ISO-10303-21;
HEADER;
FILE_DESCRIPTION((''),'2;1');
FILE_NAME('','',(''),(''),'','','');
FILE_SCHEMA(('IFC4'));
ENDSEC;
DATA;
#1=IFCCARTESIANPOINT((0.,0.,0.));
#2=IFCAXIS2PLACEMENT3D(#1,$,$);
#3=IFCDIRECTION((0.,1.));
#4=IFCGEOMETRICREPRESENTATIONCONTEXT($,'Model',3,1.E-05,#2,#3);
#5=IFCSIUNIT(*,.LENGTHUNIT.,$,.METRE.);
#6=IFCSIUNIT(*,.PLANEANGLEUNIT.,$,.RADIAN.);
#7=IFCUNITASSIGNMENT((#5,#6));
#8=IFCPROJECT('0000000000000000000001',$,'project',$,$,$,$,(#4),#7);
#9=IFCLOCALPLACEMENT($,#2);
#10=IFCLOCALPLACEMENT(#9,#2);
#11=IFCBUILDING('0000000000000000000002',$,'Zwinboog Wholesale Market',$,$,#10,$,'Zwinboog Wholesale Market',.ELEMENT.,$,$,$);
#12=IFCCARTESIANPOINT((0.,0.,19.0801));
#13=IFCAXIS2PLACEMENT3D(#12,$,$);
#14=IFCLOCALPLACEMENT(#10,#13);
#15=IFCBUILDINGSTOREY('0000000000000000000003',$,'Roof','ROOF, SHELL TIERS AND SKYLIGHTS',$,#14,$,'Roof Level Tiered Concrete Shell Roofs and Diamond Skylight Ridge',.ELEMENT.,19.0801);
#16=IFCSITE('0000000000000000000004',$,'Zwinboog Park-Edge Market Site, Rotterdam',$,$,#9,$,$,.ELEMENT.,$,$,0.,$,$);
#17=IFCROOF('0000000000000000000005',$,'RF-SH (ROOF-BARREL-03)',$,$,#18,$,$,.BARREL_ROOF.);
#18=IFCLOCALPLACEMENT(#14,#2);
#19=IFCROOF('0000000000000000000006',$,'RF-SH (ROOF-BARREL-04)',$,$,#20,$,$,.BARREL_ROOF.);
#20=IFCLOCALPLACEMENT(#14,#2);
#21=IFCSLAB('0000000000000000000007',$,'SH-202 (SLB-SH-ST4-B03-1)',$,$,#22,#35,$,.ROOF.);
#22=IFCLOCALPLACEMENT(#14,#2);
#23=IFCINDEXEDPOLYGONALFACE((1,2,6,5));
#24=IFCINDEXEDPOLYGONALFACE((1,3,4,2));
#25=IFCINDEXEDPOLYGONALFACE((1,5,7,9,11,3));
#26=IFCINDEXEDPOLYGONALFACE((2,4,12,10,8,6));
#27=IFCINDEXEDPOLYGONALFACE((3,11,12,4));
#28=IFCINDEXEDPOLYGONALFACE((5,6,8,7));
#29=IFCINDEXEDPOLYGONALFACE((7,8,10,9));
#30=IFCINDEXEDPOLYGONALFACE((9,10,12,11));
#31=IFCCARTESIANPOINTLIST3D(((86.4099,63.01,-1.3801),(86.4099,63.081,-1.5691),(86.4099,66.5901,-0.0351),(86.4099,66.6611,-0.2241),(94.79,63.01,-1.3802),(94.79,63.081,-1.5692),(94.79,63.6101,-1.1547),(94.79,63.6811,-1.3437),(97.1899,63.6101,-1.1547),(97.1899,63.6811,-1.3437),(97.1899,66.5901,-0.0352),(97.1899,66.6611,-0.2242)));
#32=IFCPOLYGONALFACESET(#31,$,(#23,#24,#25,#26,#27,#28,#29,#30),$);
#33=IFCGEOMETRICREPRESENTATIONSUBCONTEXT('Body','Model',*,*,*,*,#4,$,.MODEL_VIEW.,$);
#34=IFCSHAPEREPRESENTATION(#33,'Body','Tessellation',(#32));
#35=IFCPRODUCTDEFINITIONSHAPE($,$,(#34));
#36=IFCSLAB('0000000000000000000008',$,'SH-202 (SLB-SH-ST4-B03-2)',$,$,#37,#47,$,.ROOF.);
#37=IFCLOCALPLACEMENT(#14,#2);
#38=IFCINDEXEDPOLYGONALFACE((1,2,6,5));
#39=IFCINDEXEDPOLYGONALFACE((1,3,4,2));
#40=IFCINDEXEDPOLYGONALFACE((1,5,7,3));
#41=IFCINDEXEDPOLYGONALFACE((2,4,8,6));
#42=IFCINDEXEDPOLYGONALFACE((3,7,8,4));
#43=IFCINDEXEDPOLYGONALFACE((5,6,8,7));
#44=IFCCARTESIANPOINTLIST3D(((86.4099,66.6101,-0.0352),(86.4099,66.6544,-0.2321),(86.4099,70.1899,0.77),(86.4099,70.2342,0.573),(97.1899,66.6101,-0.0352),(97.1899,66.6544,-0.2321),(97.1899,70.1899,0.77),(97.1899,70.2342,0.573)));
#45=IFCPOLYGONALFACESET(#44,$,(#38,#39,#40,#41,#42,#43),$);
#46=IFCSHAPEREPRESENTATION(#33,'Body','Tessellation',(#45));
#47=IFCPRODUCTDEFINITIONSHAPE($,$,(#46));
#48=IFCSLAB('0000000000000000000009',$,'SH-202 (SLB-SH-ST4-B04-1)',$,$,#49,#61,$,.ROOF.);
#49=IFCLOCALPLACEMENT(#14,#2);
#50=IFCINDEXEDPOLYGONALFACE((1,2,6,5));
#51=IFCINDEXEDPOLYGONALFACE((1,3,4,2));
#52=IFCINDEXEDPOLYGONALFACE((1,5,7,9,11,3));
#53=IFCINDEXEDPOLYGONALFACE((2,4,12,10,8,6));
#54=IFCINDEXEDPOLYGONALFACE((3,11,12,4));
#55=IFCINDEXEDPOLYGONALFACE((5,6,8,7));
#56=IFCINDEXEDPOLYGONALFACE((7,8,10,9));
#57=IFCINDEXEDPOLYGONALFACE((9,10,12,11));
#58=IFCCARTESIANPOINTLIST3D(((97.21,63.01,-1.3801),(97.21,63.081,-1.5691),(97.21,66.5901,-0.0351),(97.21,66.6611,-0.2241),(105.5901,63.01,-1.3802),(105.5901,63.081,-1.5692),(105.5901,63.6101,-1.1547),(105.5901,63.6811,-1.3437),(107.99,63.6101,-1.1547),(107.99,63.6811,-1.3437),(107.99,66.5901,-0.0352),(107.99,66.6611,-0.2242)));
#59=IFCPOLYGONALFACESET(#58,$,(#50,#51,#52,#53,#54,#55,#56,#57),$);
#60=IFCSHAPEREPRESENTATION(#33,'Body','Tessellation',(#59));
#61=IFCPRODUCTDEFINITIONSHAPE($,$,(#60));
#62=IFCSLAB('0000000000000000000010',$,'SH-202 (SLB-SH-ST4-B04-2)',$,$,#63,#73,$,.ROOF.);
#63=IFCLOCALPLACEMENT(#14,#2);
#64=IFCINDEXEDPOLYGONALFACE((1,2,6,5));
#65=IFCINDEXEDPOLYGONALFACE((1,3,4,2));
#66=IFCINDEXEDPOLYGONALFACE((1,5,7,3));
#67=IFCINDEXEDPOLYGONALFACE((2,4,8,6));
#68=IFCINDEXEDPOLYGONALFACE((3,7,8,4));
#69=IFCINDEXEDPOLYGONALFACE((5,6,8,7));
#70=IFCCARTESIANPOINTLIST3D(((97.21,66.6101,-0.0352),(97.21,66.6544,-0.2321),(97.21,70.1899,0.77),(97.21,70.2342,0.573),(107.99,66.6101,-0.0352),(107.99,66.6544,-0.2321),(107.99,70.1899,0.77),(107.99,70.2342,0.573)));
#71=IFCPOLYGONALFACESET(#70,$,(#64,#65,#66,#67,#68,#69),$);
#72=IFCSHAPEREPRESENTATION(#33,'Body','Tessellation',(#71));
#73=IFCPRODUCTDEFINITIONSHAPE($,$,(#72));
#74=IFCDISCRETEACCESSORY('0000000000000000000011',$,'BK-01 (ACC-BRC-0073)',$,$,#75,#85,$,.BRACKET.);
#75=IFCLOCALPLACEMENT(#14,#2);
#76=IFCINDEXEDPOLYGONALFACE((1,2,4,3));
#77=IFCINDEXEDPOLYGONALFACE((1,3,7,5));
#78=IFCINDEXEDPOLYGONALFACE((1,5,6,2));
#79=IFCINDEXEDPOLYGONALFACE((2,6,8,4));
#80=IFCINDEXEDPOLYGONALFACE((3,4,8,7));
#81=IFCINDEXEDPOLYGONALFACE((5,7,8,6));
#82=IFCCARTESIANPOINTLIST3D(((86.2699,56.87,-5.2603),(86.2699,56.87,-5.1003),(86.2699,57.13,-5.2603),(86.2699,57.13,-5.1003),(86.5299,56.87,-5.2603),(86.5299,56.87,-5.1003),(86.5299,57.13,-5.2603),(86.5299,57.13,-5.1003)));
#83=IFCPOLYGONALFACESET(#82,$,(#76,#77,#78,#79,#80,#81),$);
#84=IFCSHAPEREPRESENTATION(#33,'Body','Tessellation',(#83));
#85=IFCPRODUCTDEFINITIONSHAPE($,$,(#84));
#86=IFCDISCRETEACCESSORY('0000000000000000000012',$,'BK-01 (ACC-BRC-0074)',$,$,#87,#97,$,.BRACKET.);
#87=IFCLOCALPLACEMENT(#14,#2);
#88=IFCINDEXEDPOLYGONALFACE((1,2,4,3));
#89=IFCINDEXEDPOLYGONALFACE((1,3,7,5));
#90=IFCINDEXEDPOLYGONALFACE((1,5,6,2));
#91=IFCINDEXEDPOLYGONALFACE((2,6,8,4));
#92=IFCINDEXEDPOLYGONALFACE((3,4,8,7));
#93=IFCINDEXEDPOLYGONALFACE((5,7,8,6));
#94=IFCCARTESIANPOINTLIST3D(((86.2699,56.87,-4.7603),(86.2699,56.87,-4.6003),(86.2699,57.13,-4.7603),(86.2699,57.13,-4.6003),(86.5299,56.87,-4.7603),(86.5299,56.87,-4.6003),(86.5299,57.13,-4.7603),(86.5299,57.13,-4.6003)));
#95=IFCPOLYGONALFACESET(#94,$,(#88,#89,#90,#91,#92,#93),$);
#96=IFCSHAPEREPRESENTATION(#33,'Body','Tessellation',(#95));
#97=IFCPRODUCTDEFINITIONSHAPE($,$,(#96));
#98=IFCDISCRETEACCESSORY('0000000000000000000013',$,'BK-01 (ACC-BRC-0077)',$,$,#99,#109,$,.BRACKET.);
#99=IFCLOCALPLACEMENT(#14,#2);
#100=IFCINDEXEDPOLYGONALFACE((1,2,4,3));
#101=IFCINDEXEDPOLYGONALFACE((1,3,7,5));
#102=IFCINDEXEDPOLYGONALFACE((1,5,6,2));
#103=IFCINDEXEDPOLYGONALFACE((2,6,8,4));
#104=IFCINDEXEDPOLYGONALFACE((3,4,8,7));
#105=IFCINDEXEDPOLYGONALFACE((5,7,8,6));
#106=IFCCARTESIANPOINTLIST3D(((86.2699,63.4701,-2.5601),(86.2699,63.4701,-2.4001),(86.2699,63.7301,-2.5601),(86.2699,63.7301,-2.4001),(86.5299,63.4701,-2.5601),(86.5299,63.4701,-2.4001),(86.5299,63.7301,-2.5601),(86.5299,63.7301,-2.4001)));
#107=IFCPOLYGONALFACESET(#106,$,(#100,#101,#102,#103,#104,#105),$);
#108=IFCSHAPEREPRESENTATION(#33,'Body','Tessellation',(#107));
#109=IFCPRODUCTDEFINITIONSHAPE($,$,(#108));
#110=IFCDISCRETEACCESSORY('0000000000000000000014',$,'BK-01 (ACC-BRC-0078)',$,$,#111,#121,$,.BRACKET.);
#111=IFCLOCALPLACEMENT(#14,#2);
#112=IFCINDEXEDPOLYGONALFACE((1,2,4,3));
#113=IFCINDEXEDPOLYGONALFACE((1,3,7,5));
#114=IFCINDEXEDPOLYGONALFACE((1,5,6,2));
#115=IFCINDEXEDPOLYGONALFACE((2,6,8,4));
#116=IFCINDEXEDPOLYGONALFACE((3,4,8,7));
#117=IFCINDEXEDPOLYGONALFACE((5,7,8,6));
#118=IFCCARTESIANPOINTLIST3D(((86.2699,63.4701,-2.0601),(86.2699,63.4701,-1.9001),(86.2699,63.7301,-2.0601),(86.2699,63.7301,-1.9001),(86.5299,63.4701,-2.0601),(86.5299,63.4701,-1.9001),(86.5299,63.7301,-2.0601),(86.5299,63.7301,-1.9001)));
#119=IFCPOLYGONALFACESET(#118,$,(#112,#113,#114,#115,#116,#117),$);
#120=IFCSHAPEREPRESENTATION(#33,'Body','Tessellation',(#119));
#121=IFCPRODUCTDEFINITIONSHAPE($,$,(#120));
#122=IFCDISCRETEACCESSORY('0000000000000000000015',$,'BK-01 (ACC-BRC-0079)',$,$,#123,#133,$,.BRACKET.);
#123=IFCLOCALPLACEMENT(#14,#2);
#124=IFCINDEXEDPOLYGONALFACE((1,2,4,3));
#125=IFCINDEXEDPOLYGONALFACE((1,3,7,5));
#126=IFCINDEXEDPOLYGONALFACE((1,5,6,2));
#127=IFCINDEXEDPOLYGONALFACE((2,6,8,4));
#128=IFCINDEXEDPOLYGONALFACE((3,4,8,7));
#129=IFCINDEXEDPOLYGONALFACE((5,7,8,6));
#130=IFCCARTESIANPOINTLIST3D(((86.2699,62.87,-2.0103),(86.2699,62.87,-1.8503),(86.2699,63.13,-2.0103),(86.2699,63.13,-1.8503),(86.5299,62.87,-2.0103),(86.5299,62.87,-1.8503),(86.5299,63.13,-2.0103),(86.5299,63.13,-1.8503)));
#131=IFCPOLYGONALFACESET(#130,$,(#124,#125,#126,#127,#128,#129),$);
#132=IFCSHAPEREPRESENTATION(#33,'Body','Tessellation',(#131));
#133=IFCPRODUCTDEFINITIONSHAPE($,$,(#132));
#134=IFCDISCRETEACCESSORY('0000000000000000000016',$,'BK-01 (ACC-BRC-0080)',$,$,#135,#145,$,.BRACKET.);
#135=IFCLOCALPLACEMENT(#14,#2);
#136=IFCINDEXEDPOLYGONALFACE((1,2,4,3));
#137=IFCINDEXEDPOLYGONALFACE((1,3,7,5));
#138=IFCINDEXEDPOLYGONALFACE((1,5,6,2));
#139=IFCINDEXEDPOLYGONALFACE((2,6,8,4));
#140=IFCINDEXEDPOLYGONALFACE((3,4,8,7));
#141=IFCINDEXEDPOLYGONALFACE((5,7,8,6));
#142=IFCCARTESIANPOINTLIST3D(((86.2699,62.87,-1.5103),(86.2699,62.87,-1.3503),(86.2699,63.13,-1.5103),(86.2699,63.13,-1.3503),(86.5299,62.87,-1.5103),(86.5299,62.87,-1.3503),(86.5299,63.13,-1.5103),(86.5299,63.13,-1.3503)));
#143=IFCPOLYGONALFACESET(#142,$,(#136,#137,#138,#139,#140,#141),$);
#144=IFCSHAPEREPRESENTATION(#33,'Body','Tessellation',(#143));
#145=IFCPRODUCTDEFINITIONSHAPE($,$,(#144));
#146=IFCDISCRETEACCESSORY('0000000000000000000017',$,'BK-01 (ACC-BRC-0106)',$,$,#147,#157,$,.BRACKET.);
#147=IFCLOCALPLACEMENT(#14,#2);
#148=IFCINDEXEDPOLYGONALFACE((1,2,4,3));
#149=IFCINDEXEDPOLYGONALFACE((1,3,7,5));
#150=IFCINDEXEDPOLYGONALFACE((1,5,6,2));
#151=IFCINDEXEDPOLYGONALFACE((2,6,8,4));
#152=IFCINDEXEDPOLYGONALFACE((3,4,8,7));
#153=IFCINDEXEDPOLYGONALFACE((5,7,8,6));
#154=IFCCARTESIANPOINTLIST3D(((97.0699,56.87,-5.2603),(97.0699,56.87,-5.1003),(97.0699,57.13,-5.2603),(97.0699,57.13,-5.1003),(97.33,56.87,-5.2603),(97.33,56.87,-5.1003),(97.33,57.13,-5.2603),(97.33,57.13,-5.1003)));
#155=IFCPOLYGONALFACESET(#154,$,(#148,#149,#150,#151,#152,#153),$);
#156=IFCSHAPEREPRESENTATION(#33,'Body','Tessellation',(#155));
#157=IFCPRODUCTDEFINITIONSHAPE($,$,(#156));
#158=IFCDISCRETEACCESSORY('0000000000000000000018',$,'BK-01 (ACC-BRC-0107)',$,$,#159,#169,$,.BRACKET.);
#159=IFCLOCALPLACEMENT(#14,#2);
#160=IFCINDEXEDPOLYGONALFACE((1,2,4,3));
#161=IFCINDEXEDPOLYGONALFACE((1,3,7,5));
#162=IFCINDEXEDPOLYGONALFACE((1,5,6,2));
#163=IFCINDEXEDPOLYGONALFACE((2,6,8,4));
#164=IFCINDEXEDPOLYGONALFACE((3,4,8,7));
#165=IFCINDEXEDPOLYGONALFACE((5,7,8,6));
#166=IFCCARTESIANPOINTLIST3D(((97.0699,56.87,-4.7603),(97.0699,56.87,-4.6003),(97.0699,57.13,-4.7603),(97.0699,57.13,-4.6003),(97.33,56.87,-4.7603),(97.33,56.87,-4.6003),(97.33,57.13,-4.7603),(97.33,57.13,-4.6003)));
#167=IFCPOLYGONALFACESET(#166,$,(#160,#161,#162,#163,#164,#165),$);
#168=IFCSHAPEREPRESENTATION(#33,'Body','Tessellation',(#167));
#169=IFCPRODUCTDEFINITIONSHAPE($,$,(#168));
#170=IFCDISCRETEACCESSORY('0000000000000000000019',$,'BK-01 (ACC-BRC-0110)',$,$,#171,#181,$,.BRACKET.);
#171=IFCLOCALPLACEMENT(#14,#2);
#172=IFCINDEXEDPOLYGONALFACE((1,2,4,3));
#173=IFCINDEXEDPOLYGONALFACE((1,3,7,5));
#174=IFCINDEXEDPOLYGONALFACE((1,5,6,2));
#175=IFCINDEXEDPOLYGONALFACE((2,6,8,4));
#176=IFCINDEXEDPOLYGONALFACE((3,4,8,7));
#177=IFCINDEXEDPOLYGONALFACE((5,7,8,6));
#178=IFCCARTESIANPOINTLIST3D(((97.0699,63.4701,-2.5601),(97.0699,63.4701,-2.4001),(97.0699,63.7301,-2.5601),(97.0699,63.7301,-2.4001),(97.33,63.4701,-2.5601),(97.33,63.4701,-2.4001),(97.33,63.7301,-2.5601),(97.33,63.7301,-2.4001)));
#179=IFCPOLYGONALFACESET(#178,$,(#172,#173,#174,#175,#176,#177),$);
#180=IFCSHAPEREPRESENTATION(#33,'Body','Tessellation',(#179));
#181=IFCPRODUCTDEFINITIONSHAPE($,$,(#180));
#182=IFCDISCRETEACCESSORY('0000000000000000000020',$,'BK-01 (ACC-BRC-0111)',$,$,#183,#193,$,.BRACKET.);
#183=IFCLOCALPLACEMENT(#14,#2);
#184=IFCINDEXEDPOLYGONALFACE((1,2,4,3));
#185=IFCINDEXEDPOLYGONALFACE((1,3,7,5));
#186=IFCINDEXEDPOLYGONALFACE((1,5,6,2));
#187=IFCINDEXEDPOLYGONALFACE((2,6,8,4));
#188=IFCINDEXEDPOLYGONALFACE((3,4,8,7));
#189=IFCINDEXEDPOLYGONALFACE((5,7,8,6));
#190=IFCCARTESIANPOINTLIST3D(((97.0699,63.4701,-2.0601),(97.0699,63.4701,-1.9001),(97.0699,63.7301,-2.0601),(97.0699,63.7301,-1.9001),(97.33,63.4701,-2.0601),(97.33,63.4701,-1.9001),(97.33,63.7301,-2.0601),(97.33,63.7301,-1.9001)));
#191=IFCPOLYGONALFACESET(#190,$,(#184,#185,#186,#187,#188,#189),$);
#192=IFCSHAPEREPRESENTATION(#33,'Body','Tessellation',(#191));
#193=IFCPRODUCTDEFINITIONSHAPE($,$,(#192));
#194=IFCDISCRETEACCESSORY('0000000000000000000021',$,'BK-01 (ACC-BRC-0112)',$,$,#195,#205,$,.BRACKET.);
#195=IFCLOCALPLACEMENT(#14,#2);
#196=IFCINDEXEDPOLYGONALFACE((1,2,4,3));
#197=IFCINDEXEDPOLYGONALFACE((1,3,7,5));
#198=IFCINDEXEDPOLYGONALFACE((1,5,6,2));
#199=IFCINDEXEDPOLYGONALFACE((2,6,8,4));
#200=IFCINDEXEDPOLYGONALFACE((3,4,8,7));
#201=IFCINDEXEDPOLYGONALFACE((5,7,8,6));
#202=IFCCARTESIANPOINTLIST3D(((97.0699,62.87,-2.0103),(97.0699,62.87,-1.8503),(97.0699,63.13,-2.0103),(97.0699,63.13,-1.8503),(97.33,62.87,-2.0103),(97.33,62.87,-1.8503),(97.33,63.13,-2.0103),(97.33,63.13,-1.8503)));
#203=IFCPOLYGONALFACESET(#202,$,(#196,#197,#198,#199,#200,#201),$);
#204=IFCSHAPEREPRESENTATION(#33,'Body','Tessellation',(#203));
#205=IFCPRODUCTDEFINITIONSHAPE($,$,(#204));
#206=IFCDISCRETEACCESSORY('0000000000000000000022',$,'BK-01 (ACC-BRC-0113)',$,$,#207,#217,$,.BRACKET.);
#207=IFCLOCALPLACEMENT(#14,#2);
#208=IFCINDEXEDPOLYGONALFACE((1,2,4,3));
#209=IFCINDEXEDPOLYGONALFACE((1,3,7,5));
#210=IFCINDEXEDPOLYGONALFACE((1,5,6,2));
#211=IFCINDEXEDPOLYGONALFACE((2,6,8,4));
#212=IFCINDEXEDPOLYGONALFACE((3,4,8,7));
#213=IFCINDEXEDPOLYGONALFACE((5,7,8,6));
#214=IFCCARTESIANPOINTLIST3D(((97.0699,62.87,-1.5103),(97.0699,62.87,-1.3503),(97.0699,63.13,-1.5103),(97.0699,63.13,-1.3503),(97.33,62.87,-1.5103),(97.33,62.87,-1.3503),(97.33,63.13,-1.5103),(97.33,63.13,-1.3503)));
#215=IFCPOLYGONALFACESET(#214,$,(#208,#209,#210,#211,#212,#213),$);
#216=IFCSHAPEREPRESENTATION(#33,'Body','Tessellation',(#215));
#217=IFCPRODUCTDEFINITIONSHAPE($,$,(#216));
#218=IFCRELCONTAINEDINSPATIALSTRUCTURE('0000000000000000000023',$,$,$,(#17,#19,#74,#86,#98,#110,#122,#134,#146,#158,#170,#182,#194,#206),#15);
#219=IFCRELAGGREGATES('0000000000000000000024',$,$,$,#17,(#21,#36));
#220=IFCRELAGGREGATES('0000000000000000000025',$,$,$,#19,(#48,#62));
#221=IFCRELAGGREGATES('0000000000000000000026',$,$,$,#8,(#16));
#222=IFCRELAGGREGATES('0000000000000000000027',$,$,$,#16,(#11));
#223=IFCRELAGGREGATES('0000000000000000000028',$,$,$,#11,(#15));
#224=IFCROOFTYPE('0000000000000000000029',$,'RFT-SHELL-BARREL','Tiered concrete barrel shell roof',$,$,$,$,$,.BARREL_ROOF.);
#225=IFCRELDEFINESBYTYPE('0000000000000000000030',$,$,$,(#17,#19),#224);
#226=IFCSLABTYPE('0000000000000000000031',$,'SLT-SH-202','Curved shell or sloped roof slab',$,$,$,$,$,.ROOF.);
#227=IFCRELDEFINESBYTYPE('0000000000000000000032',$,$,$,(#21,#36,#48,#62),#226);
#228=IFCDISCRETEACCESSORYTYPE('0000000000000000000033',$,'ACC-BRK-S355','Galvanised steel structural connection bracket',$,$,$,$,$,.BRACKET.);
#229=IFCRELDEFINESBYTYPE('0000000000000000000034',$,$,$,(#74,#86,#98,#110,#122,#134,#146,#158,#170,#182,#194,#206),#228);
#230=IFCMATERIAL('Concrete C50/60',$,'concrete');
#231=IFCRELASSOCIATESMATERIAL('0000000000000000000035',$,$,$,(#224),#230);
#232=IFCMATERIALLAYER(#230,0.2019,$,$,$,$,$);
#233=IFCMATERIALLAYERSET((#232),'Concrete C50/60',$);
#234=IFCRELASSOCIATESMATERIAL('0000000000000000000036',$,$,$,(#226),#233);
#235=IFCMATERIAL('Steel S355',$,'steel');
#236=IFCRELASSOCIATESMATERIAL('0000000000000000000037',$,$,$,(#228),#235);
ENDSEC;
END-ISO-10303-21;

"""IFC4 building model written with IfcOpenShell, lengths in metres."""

from ifc_helpers import new_model, si_unit, direction, frame, origin, origin_2d, place, context, subcontext, project, spatial, polyline, rectangle, outline, extrude, material, layer, layer_set, type_object, element, aggregate, save


model = new_model("IFC4")

# Units and contexts
model_context = context("Model", 3, precision=1e-05, world=origin(), true_north=direction((0.0, 1.0)))
body_context = subcontext(model_context, "Body", "Model", "MODEL_VIEW")
ifc_project = project(units=[si_unit("LENGTHUNIT", "METRE"), si_unit("PLANEANGLEUNIT", "RADIAN")], contexts=[model_context])

# Site, building, storey
site_placement = place(None, origin())
site = spatial("IfcSite", under=ifc_project, at=site_placement, Name="Zwinboog Park-Edge Market Site, Rotterdam", CompositionType="ELEMENT", RefElevation=0.0)
building_placement = place(site_placement, origin())
building = spatial("IfcBuilding", under=site, at=building_placement, Name="Zwinboog Wholesale Market", LongName="Zwinboog Wholesale Market", CompositionType="ELEMENT")
storey_placement = place(building_placement, frame((0.0, 0.0, 19.0801)))
storey = spatial("IfcBuildingStorey", under=building, at=storey_placement, Name="Roof", Description="ROOF, SHELL TIERS AND SKYLIGHTS", LongName="Roof Level Tiered Concrete Shell Roofs and Diamond Skylight Ridge", CompositionType="ELEMENT", Elevation=19.0801)

# Shared definitions
ifc_material_1 = material(Name="Steel S355", Category="steel")

# Roofs
ifc_material_2 = material(Name="Concrete C50/60", Category="concrete")
roof_type = type_object("IfcRoofType", Name="RFT-SHELL-BARREL", Description="Tiered concrete barrel shell roof", PredefinedType="BARREL_ROOF", material=ifc_material_2)
roof_1_placement = place(storey_placement, origin())
roof_1 = element("IfcRoof", 1, at=roof_1_placement, inside=storey, type_object=roof_type, Name="RF-SH (ROOF-BARREL-03)", PredefinedType="BARREL_ROOF")
roof_2_placement = place(storey_placement, origin())
roof_2 = element("IfcRoof", 2, at=roof_2_placement, inside=storey, type_object=roof_type, Name="RF-SH (ROOF-BARREL-04)", PredefinedType="BARREL_ROOF")

# Slabs
ifc_layer_1 = layer(ifc_material_2, 0.2019)
ifc_layer_set_1 = layer_set([ifc_layer_1], Name="Concrete C50/60")
slab_type_1 = type_object("IfcSlabType", Name="SLT-SH-202", Description="Curved shell or sloped roof slab", PredefinedType="ROOF", material=ifc_layer_set_1)
slab_1_placement = place(storey_placement, frame((86.4099, 63.01, -1.3801), z_axis=(0.000005, -0.351689, 0.936117), x_axis=(1.0, 0.000002, -0.000004)))
slab_1 = element("IfcSlab", 3, at=slab_1_placement, type_object=slab_type_1, Name="SH-202 (SLB-SH-ST4-B03-1)", PredefinedType="ROOF", context=body_context, shape_type="SweptSolid", body=[
    extrude(outline(polyline([(0.0, 0.0), (8.3801, 0.0), (8.3801, 0.641), (10.78, 0.641), (10.78, 3.8244), (0.0, 3.8244), (0.0, 0.0)])), origin(), (0.0, 0.0, -1.0), 0.2019),
])
slab_2_placement = place(storey_placement, frame((86.4099, 66.6101, -0.0352), z_axis=(0.0, -0.219438, 0.975626), x_axis=(1.0, 0.0, 0.0)))
slab_2 = element("IfcSlab", 4, at=slab_2_placement, type_object=slab_type_1, Name="SH-202 (SLB-SH-ST4-B03-2)", PredefinedType="ROOF", context=body_context, shape_type="SweptSolid", body=[
    extrude(outline(polyline([(0.0, 0.0), (10.78, 0.0), (10.78, 3.6693), (0.0, 3.6693), (0.0, 0.0)])), origin(), (0.0, 0.0, -1.0), 0.2019),
])
aggregate(roof_1, [slab_1, slab_2])
slab_3_placement = place(storey_placement, frame((97.21, 63.01, -1.3801), z_axis=(0.000005, -0.351689, 0.936117), x_axis=(1.0, 0.000002, -0.000004)))
slab_3 = element("IfcSlab", 5, at=slab_3_placement, type_object=slab_type_1, Name="SH-202 (SLB-SH-ST4-B04-1)", PredefinedType="ROOF", context=body_context, shape_type="SweptSolid", body=[
    extrude(outline(polyline([(0.0, 0.0), (8.3801, 0.0), (8.3801, 0.641), (10.78, 0.641), (10.78, 3.8244), (0.0, 3.8244), (0.0, 0.0)])), origin(), (0.0, 0.0, -1.0), 0.2019),
])
slab_4_placement = place(storey_placement, frame((97.21, 66.6101, -0.0352), z_axis=(0.0, -0.219438, 0.975626), x_axis=(1.0, 0.0, 0.0)))
slab_4 = element("IfcSlab", 6, at=slab_4_placement, type_object=slab_type_1, Name="SH-202 (SLB-SH-ST4-B04-2)", PredefinedType="ROOF", context=body_context, shape_type="SweptSolid", body=[
    extrude(outline(polyline([(0.0, 0.0), (10.78, 0.0), (10.78, 3.6693), (0.0, 3.6693), (0.0, 0.0)])), origin(), (0.0, 0.0, -1.0), 0.2019),
])
aggregate(roof_2, [slab_3, slab_4])

# Discrete accessories
discrete_accessory_type = type_object("IfcDiscreteAccessoryType", Name="ACC-BRK-S355", Description="Galvanised steel structural connection bracket", PredefinedType="BRACKET", material=ifc_material_1)
for number, where, z_axis, x_axis, name in (
    (7, (86.3999, 57.0, -5.2603), (0.0, 0.0, 1.0), (1.0, 0.0, 0.0), "BK-01 (ACC-BRC-0073)"),
    (8, (86.3999, 57.0, -4.7603), (0.0, 0.0, 1.0), (1.0, 0.0, 0.0), "BK-01 (ACC-BRC-0074)"),
    (9, (86.3999, 63.6001, -2.5601), (0.0, 0.0, 1.0), (1.0, 0.0, 0.0), "BK-01 (ACC-BRC-0077)"),
    (10, (86.3999, 63.6001, -2.0601), (0.0, 0.0, 1.0), (1.0, 0.0, 0.0), "BK-01 (ACC-BRC-0078)"),
    (11, (86.3999, 63.0, -2.0103), (0.0, 0.0, 1.0), (1.0, 0.0, 0.0), "BK-01 (ACC-BRC-0079)"),
    (12, (86.3999, 63.0, -1.5103), (0.0, 0.0, 1.0), (1.0, 0.0, 0.0), "BK-01 (ACC-BRC-0080)"),
    (13, (97.2, 57.0, -5.2603), (0.0, 0.0, 1.0), (1.0, 0.0, 0.0), "BK-01 (ACC-BRC-0106)"),
    (14, (97.2, 57.0, -4.7603), (0.0, 0.0, 1.0), (1.0, 0.0, 0.0), "BK-01 (ACC-BRC-0107)"),
    (15, (97.2, 63.6001, -2.5601), (0.0, 0.0, 1.0), (1.0, 0.0, 0.0), "BK-01 (ACC-BRC-0110)"),
    (16, (97.2, 63.6001, -2.0601), (0.0, 0.0, 1.0), (1.0, 0.0, 0.0), "BK-01 (ACC-BRC-0111)"),
    (17, (97.2, 63.0, -2.0103), (0.0, 0.0, 1.0), (1.0, 0.0, 0.0), "BK-01 (ACC-BRC-0112)"),
    (18, (97.2, 63.0, -1.5103), (0.0, 0.0, 1.0), (1.0, 0.0, 0.0), "BK-01 (ACC-BRC-0113)"),
):
    element("IfcDiscreteAccessory", number, at=place(storey_placement, frame(where, z_axis=z_axis, x_axis=x_axis)), inside=storey, type_object=discrete_accessory_type, Name=name, PredefinedType="BRACKET", context=body_context, shape_type="SweptSolid", body=[
        extrude(rectangle(XDim=0.26, YDim=0.26, at=origin_2d()), origin(), (0.0, 0.0, 1.0), 0.1599),
    ])

save(model, "model.ifc")
